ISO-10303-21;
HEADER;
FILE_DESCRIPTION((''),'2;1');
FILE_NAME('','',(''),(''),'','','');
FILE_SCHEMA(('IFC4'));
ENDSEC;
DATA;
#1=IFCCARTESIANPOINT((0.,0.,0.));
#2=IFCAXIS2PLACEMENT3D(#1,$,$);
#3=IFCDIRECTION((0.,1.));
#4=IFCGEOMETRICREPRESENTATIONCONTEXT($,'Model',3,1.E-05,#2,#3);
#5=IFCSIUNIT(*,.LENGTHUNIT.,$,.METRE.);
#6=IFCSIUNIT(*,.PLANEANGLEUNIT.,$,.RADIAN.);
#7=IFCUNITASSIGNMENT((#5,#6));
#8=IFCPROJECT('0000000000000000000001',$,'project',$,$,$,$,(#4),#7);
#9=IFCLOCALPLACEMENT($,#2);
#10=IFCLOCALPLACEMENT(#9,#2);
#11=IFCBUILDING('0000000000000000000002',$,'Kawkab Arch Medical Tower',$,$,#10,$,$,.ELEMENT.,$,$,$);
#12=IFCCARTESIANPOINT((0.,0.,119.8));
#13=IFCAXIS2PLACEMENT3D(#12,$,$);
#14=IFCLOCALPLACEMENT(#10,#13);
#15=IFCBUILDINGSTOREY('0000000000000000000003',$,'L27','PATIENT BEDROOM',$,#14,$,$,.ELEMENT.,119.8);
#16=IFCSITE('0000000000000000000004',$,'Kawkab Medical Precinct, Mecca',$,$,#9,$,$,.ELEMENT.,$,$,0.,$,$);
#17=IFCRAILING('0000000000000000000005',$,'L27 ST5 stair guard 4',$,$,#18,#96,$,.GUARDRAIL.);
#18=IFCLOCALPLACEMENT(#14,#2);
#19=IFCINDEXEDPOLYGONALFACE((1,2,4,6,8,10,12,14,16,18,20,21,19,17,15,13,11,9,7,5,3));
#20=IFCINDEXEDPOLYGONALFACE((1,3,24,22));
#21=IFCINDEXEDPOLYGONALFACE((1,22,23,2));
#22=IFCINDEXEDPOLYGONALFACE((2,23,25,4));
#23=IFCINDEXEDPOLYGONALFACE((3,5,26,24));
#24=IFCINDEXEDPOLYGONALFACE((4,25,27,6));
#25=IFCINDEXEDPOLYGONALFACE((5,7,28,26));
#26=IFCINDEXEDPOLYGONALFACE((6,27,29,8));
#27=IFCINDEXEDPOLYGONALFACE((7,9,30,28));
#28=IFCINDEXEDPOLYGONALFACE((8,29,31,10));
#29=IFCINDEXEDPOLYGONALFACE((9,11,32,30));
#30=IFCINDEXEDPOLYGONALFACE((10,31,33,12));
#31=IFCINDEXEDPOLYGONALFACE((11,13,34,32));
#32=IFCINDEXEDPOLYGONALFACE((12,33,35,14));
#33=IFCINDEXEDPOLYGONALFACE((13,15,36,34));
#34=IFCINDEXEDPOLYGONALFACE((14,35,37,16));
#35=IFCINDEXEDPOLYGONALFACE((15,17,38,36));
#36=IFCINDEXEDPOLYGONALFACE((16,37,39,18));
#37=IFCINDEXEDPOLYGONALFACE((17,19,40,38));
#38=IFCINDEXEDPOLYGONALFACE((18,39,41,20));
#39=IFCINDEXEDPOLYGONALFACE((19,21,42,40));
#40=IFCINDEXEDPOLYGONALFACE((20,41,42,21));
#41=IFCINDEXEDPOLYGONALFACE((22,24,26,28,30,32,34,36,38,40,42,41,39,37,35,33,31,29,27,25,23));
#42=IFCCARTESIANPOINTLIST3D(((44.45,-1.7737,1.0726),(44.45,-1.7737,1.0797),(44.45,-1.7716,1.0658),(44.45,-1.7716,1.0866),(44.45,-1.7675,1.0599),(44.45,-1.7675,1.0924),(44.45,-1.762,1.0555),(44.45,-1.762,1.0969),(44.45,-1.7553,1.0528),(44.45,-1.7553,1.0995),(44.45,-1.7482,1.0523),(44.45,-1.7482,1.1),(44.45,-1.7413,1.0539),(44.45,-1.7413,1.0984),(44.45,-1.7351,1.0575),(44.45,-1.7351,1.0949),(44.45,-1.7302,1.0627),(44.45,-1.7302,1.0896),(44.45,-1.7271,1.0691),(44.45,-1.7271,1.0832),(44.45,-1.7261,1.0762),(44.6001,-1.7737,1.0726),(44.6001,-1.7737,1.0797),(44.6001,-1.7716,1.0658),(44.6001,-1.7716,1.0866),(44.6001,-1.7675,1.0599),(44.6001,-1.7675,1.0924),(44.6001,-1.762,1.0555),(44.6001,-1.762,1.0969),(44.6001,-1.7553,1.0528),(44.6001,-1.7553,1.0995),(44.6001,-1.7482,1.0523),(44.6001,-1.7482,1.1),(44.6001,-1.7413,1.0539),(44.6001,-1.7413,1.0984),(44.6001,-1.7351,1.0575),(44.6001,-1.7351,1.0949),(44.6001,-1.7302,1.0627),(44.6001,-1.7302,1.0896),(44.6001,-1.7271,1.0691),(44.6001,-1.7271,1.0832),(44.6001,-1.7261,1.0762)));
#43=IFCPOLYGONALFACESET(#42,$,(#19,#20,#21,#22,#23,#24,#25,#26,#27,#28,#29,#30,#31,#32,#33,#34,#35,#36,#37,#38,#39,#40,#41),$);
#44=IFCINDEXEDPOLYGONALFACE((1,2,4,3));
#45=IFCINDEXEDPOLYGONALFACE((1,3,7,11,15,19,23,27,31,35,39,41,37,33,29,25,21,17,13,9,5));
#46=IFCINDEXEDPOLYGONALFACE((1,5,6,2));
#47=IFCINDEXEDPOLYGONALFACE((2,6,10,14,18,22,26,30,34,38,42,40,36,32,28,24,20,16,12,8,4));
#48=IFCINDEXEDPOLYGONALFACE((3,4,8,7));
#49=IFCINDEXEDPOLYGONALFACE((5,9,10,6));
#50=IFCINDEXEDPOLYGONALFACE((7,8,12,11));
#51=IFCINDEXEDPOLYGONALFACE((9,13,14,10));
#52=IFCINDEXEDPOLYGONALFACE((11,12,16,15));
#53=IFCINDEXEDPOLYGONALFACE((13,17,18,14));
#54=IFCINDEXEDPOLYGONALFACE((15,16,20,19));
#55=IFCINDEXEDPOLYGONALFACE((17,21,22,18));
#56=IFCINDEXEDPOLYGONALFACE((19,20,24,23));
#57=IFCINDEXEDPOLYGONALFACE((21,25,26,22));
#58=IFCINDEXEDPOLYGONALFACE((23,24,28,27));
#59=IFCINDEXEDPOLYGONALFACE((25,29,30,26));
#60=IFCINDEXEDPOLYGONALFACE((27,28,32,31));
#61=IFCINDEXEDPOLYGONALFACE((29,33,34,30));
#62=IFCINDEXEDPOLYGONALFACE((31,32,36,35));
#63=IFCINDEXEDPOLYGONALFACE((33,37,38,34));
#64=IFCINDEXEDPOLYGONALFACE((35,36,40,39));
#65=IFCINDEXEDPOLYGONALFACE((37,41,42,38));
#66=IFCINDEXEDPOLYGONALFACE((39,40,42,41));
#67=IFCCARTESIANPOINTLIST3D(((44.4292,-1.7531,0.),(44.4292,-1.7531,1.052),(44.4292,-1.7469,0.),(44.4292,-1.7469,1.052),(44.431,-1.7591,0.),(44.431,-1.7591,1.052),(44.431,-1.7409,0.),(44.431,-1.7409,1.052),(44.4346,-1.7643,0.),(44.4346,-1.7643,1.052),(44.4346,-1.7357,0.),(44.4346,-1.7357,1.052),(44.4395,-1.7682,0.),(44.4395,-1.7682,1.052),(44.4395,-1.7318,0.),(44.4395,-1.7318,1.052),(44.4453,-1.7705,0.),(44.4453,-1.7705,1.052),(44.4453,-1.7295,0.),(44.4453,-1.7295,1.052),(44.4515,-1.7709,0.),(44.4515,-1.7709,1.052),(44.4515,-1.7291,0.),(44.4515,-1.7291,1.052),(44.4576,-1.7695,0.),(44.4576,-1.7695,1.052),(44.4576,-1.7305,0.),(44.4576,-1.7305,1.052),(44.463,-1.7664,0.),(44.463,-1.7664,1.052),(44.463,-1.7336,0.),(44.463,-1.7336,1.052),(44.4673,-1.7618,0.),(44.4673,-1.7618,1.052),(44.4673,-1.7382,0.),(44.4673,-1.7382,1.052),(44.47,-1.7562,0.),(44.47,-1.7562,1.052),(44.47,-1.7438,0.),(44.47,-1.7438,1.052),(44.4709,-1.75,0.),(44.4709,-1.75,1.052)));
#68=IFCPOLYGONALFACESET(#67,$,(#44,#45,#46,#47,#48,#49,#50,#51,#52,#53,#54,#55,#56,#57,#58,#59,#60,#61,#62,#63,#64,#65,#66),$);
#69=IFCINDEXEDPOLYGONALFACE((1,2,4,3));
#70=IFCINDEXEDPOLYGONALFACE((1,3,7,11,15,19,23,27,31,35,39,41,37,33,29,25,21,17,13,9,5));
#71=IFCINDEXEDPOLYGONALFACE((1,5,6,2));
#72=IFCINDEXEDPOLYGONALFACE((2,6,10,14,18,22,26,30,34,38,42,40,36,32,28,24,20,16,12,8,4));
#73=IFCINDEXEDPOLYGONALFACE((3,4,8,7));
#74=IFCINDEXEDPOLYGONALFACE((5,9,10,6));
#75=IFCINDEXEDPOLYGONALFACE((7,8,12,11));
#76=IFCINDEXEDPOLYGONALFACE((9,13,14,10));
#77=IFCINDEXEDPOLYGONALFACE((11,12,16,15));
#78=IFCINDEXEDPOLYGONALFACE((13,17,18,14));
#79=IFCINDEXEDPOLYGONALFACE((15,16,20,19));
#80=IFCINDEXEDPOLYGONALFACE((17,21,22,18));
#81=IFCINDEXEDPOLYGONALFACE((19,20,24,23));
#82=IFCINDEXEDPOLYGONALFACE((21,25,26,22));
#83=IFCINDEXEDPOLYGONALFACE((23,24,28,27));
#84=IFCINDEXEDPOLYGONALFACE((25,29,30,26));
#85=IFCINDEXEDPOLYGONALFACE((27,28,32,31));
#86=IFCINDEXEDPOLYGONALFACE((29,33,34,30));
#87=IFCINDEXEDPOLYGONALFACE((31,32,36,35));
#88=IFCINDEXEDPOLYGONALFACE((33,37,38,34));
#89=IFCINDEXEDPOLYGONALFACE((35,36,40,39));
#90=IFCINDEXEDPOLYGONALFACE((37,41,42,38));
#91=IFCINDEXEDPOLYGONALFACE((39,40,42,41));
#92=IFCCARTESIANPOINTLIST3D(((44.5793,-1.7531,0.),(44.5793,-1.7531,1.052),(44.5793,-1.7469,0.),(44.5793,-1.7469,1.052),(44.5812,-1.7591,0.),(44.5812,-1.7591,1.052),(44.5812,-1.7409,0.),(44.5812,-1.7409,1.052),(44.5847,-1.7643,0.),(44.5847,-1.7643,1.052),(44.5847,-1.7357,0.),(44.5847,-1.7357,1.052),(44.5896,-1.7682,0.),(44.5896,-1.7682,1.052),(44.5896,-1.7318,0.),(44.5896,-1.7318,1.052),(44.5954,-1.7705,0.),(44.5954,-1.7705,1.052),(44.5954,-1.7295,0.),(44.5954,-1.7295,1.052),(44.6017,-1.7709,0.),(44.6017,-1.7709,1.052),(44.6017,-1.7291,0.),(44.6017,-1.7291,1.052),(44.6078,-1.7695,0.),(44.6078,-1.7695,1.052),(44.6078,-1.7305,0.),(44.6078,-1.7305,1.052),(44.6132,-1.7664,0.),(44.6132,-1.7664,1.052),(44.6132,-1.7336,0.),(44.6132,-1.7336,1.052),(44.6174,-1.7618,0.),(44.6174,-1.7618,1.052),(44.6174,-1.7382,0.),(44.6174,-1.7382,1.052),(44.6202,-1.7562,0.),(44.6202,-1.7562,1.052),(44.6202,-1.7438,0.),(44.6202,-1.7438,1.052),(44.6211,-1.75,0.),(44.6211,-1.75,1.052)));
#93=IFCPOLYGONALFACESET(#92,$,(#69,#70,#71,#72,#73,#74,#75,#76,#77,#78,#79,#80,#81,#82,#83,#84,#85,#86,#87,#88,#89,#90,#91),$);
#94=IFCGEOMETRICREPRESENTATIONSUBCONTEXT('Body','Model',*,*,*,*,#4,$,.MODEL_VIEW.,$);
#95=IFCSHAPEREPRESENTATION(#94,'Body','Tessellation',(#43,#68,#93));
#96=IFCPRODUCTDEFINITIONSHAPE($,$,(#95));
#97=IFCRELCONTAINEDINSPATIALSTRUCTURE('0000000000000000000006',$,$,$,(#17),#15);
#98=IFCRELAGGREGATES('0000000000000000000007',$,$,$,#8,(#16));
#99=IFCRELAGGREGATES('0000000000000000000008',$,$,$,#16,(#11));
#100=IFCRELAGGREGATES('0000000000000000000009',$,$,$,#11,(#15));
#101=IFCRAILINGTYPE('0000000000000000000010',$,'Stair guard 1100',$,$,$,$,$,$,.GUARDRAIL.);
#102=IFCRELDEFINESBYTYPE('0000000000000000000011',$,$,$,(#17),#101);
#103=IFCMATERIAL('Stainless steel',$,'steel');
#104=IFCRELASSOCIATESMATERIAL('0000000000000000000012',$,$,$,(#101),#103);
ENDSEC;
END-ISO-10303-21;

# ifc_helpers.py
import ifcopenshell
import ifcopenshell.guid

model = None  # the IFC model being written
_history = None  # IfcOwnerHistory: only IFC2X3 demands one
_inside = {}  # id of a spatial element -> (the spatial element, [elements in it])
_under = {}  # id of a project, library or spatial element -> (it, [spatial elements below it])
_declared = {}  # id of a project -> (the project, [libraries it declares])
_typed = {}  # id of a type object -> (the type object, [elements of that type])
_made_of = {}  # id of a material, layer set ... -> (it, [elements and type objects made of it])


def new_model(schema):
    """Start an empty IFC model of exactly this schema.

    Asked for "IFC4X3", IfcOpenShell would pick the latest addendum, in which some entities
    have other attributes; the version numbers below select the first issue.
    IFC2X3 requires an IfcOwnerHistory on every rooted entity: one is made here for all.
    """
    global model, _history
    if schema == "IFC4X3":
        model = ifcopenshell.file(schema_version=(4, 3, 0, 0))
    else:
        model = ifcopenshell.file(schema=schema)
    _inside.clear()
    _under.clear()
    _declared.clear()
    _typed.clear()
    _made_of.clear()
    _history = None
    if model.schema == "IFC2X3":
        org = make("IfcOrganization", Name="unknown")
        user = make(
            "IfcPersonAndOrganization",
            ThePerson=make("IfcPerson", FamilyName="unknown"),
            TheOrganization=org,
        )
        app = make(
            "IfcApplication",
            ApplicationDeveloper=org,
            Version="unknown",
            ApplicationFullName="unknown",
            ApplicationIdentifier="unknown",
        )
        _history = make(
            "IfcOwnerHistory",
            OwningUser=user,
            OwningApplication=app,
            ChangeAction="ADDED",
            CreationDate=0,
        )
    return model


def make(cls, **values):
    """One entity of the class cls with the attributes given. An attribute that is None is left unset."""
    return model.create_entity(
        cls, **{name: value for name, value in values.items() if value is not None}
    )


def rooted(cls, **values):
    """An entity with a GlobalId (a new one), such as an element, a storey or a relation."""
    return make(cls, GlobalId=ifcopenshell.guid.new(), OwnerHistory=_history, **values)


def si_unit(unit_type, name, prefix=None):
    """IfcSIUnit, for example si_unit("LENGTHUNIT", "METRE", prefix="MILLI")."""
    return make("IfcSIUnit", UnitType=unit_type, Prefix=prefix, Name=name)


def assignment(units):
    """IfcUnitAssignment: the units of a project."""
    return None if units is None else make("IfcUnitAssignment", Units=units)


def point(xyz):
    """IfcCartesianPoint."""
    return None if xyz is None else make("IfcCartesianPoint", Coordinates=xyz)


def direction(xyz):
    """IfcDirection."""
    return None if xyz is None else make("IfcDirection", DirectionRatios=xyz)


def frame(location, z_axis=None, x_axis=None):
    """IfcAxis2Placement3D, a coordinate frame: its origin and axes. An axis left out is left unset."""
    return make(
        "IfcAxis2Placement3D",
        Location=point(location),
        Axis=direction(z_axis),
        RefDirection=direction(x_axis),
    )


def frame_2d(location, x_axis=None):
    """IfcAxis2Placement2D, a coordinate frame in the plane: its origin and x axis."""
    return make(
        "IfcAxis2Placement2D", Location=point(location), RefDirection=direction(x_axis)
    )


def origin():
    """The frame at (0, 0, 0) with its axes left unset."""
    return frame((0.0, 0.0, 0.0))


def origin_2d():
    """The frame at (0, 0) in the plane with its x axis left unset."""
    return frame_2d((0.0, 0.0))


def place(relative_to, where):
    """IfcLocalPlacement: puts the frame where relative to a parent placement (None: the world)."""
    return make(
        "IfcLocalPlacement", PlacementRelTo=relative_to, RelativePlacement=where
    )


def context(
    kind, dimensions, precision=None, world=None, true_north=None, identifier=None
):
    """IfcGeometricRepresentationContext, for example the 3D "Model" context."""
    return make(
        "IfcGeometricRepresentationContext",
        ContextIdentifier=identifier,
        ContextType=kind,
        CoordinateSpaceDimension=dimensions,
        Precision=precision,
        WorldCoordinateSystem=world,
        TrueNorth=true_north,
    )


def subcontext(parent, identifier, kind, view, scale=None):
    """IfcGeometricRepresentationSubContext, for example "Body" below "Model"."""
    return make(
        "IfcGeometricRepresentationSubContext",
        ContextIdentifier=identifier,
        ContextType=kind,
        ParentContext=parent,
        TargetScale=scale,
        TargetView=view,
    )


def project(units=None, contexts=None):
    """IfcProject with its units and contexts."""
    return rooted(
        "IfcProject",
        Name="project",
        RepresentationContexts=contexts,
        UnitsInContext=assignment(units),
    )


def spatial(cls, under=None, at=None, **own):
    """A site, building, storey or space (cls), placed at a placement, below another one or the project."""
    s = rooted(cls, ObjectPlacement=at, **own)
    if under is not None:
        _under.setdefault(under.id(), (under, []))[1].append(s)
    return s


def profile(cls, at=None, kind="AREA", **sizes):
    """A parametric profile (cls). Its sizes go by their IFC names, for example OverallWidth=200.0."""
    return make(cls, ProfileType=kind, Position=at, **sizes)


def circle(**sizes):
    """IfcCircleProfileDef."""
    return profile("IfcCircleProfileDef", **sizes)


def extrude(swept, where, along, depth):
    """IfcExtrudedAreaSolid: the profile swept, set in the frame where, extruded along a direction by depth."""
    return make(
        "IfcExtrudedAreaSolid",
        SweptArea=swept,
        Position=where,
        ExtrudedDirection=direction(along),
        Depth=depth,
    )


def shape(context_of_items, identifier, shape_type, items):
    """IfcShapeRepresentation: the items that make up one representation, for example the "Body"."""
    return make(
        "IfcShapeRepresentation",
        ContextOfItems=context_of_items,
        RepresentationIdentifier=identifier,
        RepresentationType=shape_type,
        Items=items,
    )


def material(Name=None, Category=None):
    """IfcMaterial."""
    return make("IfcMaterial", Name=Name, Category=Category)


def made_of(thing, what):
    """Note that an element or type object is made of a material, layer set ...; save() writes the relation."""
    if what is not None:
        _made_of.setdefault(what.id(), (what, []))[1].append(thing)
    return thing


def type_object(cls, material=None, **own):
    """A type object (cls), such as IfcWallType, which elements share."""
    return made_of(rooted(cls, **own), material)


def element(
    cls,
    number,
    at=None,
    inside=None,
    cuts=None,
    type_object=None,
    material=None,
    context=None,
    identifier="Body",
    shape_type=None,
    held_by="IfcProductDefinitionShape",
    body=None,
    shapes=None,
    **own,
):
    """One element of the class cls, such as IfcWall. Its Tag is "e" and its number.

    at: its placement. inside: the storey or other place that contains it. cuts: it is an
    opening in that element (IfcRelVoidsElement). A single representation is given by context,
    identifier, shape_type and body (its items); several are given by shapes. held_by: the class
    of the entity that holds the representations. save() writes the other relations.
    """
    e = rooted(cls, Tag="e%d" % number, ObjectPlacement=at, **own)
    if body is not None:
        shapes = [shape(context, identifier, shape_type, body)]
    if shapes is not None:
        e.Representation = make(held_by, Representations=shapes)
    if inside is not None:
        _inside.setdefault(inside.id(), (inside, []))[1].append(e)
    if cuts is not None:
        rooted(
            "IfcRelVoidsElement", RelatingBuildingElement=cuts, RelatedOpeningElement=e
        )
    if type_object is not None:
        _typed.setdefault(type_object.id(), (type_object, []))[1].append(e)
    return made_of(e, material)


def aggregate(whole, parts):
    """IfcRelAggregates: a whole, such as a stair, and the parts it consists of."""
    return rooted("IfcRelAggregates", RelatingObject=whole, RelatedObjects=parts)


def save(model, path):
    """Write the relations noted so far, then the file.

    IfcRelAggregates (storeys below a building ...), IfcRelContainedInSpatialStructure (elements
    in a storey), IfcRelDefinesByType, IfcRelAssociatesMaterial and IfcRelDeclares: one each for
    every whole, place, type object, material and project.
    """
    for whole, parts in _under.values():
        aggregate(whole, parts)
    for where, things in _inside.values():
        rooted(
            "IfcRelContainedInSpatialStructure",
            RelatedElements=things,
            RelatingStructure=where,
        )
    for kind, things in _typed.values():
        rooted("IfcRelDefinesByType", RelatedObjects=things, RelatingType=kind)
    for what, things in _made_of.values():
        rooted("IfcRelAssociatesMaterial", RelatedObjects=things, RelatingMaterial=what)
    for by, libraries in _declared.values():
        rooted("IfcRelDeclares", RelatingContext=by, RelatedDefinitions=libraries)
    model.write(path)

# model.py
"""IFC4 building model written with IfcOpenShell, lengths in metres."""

from ifc_helpers import new_model, si_unit, direction, frame, origin, origin_2d, place, context, subcontext, project, spatial, circle, extrude, material, type_object, element, save


model = new_model("IFC4")

# Units and contexts
model_context = context("Model", 3, precision=1e-05, world=origin(), true_north=direction((0.0, 1.0)))
body_context = subcontext(model_context, "Body", "Model", "MODEL_VIEW")
ifc_project = project(units=[si_unit("LENGTHUNIT", "METRE"), si_unit("PLANEANGLEUNIT", "RADIAN")], contexts=[model_context])

# Site, building, storey
site_placement = place(None, origin())
site = spatial("IfcSite", under=ifc_project, at=site_placement, Name="Kawkab Medical Precinct, Mecca", CompositionType="ELEMENT", RefElevation=0.0)
building_placement = place(site_placement, origin())
building = spatial("IfcBuilding", under=site, at=building_placement, Name="Kawkab Arch Medical Tower", CompositionType="ELEMENT")
storey_placement = place(building_placement, frame((0.0, 0.0, 119.8)))
storey = spatial("IfcBuildingStorey", under=building, at=storey_placement, Name="L27", Description="PATIENT BEDROOM", CompositionType="ELEMENT", Elevation=119.8)

# Railing
ifc_material_1 = material(Name="Stainless steel", Category="steel")
railing_type = type_object("IfcRailingType", Name="Stair guard 1100", PredefinedType="GUARDRAIL", material=ifc_material_1)
railing_1_placement = place(storey_placement, frame((44.45, -1.75, 0.0)))
element("IfcRailing", 1, at=railing_1_placement, inside=storey, type_object=railing_type, Name="L27 ST5 stair guard 4", PredefinedType="GUARDRAIL", context=body_context, shape_type="SweptSolid", body=[
    extrude(circle(Radius=0.0239, at=origin_2d()), frame((0.0, 0.0, 1.0762), z_axis=(1.0, 0.0, 0.0), x_axis=(0.0, 1.0, 0.0)), (0.0, 0.0, 1.0), 0.1501),
    extrude(circle(Radius=0.021, at=origin_2d()), origin(), (0.0, 0.0, 1.0), 1.052),
    extrude(circle(Radius=0.021, at=origin_2d()), frame((0.1501, 0.0, 0.0)), (0.0, 0.0, 1.0), 1.052),
])

save(model, "model.ifc")
